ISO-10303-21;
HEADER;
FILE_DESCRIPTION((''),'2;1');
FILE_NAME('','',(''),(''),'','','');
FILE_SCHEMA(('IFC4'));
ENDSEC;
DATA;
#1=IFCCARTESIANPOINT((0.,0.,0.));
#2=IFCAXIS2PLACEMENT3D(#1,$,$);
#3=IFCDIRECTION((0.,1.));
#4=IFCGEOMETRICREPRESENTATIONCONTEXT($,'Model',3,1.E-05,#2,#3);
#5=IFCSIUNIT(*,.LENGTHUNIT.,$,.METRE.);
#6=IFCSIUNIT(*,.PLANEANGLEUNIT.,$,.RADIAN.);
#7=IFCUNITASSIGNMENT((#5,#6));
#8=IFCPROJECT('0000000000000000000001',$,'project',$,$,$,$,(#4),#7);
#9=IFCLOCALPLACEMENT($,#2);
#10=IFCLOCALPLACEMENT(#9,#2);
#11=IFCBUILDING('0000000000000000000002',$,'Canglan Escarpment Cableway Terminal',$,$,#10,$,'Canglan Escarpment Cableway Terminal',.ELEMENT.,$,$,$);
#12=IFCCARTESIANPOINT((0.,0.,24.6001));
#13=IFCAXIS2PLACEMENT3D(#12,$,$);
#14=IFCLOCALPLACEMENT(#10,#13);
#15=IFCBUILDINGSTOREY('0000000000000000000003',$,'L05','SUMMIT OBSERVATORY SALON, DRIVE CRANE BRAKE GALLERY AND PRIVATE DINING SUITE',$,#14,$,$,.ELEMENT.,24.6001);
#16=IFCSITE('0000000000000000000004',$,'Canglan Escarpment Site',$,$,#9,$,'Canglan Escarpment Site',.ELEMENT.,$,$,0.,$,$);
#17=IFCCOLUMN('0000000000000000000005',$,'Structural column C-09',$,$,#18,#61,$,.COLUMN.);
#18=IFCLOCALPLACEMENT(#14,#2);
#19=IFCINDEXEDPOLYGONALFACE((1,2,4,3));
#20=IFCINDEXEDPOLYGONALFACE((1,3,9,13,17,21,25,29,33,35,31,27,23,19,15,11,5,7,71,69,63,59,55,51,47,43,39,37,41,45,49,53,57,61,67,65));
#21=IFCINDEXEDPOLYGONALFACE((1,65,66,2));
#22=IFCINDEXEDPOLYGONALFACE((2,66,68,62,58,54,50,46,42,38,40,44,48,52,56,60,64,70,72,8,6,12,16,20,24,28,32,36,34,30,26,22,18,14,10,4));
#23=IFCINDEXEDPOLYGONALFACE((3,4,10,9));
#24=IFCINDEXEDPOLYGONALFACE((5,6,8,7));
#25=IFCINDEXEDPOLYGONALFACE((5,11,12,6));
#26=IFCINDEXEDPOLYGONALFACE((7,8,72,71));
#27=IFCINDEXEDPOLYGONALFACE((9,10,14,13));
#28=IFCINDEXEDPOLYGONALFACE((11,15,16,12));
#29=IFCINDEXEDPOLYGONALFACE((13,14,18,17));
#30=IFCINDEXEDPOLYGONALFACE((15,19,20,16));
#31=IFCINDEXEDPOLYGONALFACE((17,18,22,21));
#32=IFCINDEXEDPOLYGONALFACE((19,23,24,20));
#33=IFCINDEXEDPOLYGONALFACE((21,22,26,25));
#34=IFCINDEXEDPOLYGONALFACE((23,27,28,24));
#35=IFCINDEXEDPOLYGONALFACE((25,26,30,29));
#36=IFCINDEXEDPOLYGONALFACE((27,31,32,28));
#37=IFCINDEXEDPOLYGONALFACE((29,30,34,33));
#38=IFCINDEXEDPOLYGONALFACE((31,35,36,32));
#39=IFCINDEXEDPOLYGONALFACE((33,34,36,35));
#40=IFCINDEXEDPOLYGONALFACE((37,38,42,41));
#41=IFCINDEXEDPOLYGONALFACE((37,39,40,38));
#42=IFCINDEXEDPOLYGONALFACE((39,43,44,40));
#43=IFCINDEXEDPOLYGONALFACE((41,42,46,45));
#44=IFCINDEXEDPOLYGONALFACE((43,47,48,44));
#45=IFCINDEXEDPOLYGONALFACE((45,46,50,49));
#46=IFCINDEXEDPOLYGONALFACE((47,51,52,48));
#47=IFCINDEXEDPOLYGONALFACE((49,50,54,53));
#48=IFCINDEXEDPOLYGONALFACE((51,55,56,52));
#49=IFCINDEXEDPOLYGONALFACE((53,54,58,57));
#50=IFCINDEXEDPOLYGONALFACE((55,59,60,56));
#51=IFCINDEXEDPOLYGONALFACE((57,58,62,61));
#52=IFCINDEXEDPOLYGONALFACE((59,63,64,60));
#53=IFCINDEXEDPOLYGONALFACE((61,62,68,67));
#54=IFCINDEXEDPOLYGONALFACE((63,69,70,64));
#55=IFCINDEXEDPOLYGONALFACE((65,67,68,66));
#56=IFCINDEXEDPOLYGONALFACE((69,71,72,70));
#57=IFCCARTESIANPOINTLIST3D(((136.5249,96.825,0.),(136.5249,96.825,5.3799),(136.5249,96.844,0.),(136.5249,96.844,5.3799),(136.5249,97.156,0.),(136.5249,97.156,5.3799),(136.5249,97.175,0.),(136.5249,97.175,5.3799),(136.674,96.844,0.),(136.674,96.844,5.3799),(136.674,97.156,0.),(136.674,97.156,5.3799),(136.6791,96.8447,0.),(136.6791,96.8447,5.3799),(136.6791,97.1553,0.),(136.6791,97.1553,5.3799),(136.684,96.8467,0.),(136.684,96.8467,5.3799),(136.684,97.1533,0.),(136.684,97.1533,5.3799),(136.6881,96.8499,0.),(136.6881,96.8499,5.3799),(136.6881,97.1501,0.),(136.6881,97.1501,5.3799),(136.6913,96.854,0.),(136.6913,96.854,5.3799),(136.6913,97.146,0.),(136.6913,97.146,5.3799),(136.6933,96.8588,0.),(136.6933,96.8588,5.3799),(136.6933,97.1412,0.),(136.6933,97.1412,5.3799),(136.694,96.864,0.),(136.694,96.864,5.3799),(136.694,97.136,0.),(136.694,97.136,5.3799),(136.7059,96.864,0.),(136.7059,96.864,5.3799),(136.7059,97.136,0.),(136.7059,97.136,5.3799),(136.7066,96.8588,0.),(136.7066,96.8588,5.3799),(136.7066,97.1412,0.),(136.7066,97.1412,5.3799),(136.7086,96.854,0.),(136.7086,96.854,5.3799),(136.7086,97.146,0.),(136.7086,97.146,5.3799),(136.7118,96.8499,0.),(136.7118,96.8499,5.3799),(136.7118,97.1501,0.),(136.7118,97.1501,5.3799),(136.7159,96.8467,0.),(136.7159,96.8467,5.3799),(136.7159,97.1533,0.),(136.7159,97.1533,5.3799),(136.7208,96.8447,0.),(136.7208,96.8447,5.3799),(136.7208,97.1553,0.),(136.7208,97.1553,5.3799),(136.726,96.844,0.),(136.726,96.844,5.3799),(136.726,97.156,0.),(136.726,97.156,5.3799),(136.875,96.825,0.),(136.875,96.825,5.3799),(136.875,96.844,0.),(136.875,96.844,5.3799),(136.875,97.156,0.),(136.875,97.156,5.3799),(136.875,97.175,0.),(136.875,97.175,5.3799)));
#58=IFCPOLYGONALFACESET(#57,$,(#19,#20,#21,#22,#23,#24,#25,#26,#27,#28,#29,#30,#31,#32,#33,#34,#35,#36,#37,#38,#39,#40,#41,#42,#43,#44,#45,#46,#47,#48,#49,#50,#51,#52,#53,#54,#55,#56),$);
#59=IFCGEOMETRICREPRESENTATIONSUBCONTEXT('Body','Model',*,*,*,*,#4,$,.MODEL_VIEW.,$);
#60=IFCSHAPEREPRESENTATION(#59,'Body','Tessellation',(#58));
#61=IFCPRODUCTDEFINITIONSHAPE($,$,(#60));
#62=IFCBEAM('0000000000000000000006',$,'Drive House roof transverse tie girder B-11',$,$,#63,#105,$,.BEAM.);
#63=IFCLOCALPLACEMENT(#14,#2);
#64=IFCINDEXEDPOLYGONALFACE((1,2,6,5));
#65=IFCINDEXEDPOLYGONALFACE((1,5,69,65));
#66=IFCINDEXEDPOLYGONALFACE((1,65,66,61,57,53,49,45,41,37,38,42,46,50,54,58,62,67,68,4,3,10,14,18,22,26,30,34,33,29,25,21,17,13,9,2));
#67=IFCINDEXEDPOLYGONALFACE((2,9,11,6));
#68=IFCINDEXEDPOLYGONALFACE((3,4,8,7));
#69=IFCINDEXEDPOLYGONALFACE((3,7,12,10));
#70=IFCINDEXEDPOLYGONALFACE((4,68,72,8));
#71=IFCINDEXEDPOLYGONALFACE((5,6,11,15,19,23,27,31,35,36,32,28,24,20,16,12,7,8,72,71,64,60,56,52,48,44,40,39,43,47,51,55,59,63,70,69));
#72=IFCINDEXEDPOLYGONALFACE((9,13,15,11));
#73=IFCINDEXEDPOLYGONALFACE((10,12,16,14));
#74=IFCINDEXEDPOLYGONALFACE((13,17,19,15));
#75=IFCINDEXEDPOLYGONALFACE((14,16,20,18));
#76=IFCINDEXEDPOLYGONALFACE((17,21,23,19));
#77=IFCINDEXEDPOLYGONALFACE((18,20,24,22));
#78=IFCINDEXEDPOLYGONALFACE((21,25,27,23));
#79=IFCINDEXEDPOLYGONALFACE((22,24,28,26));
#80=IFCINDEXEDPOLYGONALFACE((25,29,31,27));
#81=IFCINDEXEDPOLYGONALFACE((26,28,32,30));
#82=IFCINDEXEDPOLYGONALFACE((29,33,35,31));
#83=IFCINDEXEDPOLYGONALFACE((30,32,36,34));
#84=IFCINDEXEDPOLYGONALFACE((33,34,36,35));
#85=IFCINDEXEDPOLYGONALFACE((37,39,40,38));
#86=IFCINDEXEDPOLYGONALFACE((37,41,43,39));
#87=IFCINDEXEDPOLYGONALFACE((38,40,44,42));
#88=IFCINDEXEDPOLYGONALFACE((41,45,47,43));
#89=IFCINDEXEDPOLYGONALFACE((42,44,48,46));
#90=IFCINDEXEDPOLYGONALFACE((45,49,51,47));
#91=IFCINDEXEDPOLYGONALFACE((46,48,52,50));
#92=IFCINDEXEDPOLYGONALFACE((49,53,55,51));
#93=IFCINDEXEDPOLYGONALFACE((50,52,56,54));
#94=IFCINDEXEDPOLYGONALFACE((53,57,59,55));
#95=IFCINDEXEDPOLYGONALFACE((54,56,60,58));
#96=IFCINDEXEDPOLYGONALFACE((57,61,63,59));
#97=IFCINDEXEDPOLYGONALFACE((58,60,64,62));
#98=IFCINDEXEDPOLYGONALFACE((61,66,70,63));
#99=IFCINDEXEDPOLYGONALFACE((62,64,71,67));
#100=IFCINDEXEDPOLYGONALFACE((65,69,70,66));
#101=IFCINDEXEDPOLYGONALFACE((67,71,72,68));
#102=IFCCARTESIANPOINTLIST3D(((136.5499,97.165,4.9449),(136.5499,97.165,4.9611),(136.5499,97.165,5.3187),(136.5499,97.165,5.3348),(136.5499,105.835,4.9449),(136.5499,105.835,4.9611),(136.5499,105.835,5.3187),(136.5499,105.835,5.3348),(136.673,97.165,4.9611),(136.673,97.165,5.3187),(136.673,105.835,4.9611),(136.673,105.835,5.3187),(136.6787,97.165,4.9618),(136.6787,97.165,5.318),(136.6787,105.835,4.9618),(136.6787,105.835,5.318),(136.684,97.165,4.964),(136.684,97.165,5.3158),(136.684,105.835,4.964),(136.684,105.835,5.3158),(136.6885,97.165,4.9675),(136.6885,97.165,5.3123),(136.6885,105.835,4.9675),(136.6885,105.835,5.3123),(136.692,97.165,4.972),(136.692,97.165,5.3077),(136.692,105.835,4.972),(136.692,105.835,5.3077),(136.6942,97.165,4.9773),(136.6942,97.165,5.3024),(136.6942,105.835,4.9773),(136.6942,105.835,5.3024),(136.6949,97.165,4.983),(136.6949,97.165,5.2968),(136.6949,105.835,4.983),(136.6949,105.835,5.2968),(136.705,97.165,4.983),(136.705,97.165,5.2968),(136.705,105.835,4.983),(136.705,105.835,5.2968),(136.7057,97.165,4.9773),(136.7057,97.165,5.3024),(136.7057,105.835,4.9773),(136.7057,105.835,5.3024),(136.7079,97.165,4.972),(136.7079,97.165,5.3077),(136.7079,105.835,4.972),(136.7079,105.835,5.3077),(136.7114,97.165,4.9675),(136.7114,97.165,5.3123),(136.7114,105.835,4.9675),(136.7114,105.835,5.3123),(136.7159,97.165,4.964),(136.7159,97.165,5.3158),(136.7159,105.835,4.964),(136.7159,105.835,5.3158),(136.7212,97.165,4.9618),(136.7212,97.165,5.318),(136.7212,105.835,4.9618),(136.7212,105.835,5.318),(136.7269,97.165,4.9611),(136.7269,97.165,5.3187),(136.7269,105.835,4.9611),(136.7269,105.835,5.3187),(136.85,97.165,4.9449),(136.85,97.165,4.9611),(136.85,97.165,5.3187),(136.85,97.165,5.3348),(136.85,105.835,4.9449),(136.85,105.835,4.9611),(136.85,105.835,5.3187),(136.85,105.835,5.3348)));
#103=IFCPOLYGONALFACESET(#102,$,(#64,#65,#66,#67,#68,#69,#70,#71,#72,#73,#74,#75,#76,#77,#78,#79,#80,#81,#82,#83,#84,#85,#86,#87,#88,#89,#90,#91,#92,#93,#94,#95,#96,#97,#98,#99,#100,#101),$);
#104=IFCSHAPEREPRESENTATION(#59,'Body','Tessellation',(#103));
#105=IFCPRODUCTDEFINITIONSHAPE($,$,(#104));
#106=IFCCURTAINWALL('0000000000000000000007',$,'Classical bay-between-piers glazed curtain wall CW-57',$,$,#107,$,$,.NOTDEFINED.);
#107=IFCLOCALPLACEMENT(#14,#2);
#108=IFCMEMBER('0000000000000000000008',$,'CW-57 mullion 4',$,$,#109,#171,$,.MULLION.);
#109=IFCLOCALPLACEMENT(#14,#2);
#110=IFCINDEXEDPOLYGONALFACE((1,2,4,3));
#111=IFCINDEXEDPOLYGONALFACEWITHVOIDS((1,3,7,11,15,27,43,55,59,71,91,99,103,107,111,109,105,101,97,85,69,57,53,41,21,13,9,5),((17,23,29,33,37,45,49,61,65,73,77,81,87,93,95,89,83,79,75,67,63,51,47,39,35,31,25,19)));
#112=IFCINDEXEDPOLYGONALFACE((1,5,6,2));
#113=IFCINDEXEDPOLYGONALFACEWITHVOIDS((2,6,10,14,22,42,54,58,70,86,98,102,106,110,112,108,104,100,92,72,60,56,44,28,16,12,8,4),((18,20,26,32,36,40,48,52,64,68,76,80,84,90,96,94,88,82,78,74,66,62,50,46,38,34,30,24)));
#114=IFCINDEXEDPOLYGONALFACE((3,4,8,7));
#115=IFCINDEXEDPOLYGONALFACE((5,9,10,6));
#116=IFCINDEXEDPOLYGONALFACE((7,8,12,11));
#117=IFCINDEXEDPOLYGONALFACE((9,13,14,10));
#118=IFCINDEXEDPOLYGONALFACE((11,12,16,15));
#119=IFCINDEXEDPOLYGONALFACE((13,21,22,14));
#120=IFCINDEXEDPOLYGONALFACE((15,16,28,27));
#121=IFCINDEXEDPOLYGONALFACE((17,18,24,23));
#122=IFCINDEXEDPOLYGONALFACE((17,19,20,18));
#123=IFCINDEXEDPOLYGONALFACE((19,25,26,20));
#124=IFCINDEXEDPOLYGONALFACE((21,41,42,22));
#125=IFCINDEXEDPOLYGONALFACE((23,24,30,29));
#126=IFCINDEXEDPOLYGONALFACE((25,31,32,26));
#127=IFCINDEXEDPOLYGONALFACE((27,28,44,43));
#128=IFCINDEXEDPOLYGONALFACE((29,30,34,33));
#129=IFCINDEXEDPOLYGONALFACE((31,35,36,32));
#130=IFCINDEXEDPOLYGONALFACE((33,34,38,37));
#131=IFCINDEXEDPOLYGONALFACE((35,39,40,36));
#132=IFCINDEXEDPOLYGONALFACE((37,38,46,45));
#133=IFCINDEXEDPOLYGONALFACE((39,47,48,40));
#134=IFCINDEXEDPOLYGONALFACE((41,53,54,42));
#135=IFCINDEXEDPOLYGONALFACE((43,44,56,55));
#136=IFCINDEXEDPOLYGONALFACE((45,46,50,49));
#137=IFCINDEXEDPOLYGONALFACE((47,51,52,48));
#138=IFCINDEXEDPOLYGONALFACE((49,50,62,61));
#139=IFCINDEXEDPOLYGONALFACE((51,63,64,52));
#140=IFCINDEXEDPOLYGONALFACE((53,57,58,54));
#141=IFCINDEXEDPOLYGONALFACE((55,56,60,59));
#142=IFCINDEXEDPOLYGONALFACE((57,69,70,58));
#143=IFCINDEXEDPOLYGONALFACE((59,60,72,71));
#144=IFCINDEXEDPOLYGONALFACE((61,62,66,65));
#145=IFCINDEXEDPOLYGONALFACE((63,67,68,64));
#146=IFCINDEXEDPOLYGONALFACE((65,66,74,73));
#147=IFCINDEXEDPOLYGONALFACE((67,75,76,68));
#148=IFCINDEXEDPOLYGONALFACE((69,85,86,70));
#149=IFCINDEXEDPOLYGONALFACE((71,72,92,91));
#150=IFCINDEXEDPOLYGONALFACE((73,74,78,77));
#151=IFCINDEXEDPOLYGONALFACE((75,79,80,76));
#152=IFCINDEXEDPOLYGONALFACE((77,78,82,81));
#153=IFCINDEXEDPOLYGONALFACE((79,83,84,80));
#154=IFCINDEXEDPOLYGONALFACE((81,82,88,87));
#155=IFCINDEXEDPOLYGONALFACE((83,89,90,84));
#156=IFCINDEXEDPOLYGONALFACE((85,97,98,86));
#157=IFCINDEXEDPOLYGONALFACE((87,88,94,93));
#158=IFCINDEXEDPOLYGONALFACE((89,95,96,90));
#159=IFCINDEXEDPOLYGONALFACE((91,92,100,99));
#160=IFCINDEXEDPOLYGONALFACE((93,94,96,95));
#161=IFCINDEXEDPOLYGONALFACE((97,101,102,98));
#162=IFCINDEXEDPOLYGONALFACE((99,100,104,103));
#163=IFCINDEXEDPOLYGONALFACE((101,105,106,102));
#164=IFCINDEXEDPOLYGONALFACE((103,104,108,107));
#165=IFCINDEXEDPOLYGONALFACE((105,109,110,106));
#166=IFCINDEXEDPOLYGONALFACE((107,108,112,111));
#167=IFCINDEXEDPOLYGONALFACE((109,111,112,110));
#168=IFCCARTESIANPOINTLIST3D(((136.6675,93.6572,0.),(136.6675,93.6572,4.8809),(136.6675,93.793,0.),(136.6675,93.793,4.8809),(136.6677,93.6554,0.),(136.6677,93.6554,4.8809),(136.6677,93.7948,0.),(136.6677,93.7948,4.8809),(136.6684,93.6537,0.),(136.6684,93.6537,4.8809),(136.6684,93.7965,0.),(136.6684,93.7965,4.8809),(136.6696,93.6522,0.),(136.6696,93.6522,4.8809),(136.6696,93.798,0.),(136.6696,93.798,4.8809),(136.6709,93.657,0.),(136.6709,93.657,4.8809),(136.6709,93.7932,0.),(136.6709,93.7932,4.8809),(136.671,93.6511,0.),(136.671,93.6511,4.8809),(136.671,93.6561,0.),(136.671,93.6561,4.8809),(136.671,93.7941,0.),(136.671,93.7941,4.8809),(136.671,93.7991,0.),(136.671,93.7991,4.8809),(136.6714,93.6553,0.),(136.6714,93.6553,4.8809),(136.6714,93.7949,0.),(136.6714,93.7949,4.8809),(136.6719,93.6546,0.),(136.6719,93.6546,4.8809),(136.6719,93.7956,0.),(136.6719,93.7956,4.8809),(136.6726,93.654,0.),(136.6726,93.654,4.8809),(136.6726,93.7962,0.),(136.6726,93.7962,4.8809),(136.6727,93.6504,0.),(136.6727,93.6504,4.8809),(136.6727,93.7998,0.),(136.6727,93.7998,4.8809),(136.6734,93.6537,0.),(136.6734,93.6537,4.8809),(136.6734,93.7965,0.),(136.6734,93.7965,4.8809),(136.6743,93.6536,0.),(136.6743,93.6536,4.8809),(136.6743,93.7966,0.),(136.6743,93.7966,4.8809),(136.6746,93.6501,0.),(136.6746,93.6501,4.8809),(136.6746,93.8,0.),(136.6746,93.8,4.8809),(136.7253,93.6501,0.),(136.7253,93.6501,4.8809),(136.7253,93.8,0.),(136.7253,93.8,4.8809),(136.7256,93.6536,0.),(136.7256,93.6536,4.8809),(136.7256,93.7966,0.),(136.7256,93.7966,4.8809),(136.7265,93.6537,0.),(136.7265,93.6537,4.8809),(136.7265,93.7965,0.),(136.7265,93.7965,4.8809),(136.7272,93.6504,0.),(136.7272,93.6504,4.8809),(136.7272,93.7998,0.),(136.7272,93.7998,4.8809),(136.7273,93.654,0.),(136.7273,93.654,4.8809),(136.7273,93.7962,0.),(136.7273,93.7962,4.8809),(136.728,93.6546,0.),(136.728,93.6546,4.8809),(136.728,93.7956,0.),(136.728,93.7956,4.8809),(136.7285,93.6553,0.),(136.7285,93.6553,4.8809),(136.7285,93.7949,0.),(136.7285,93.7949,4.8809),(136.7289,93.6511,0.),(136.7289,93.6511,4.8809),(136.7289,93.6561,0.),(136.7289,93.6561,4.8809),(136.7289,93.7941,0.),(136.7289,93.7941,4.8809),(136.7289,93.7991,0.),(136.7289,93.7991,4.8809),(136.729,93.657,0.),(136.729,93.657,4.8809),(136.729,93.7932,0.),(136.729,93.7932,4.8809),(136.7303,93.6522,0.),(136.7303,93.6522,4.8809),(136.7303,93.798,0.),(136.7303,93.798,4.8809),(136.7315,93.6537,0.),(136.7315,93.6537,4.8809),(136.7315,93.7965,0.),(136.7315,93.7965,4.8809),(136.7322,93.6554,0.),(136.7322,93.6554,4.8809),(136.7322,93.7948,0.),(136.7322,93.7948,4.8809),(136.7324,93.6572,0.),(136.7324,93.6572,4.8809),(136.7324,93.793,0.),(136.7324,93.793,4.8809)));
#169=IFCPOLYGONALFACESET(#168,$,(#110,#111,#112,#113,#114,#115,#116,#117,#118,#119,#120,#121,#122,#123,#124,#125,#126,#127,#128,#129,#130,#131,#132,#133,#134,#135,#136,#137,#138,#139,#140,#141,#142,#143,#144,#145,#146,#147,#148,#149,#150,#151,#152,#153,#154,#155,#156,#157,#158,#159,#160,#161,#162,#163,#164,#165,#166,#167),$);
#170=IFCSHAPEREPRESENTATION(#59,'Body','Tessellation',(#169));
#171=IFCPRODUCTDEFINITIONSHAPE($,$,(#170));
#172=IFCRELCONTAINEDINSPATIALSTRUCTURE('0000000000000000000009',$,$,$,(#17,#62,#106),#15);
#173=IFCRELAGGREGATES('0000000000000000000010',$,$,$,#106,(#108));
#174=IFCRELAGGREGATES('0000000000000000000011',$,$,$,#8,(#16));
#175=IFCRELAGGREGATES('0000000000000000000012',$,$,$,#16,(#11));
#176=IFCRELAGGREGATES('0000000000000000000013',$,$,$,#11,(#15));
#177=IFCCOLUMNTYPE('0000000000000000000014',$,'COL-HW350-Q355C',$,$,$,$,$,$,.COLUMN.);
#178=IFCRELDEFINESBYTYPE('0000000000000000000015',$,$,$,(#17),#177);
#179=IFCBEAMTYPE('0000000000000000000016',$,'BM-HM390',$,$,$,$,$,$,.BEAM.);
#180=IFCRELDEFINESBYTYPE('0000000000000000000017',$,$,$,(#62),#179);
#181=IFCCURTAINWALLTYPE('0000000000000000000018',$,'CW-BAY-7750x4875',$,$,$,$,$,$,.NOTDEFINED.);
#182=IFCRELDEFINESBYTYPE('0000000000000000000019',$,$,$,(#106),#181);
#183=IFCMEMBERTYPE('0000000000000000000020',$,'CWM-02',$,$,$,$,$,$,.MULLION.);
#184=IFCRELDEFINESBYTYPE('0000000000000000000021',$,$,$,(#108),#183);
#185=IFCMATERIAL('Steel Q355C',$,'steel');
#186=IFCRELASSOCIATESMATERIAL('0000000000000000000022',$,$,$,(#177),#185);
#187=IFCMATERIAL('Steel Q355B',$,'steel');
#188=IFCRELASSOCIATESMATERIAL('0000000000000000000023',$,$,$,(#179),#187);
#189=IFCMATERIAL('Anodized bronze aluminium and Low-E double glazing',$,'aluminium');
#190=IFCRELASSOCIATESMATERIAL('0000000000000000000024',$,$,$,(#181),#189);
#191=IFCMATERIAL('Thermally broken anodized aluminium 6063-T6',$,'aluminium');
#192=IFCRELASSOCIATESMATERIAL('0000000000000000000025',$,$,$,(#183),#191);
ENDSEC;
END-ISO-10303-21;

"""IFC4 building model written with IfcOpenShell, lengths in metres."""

from ifc_helpers import new_model, si_unit, direction, frame, origin, origin_2d, place, context, subcontext, project, spatial, hollow_rectangle, i_section, extrude, material, material_profile, profile_set, type_object, element, aggregate, save


model = new_model("IFC4")

# Units and contexts
model_context = context("Model", 3, precision=1e-05, world=origin(), true_north=direction((0.0, 1.0)))
body_context = subcontext(model_context, "Body", "Model", "MODEL_VIEW")
ifc_project = project(units=[si_unit("LENGTHUNIT", "METRE"), si_unit("PLANEANGLEUNIT", "RADIAN")], contexts=[model_context])

# Site, building, storey
site_placement = place(None, origin())
site = spatial("IfcSite", under=ifc_project, at=site_placement, Name="Canglan Escarpment Site", LongName="Canglan Escarpment Site", CompositionType="ELEMENT", RefElevation=0.0)
building_placement = place(site_placement, origin())
building = spatial("IfcBuilding", under=site, at=building_placement, Name="Canglan Escarpment Cableway Terminal", LongName="Canglan Escarpment Cableway Terminal", CompositionType="ELEMENT")
storey_placement = place(building_placement, frame((0.0, 0.0, 24.6001)))
storey = spatial("IfcBuildingStorey", under=building, at=storey_placement, Name="L05", Description="SUMMIT OBSERVATORY SALON, DRIVE CRANE BRAKE GALLERY AND PRIVATE DINING SUITE", CompositionType="ELEMENT", Elevation=24.6001)

# Column
ifc_material_1 = material(Name="Steel Q355C", Category="steel")
ifc_material_profile_1 = material_profile(ifc_material_1, i_section(OverallWidth=0.3501, OverallDepth=0.3501, WebThickness=0.012, FlangeThickness=0.019, FilletRadius=0.02, at=origin_2d()), Name="HW 350x350x12x19")
ifc_profile_set_1 = profile_set([ifc_material_profile_1], Name="Steel Q355C")
column_type = type_object("IfcColumnType", Name="COL-HW350-Q355C", PredefinedType="COLUMN", material=ifc_profile_set_1)
column_placement = place(storey_placement, frame((136.7, 97.0, 0.0), z_axis=(0.0, 0.0, 1.0), x_axis=(1.0, 0.0, 0.0)))
element("IfcColumn", 1, at=column_placement, inside=storey, type_object=column_type, Name="Structural column C-09", PredefinedType="COLUMN", context=body_context, shape_type="SweptSolid", body=[
    extrude(i_section(OverallWidth=0.3501, OverallDepth=0.3501, WebThickness=0.012, FlangeThickness=0.019, FilletRadius=0.02, at=origin_2d()), origin(), (0.0, 0.0, 1.0), 5.3799),
])

# Beam
ifc_material_2 = material(Name="Steel Q355B", Category="steel")
ifc_material_profile_2 = material_profile(ifc_material_2, i_section(OverallWidth=0.3, OverallDepth=0.3899, WebThickness=0.01, FlangeThickness=0.0161, FilletRadius=0.022, at=origin_2d()), Name="HM 390x300x10x16")
ifc_profile_set_2 = profile_set([ifc_material_profile_2], Name="Steel Q355B")
beam_type = type_object("IfcBeamType", Name="BM-HM390", PredefinedType="BEAM", material=ifc_profile_set_2)
beam_placement = place(storey_placement, frame((136.7, 97.165, 5.1399), z_axis=(0.0, 1.0, 0.0), x_axis=(-1.0, 0.0, 0.0)))
element("IfcBeam", 2, at=beam_placement, inside=storey, type_object=beam_type, Name="Drive House roof transverse tie girder B-11", PredefinedType="BEAM", context=body_context, shape_type="SweptSolid", body=[
    extrude(i_section(OverallWidth=0.3, OverallDepth=0.3899, WebThickness=0.01, FlangeThickness=0.0161, FilletRadius=0.022, at=origin_2d()), origin(), (0.0, 0.0, 1.0), 8.6699),
])

# Curtain wall, member
ifc_material_3 = material(Name="Anodized bronze aluminium and Low-E double glazing", Category="aluminium")
curtain_wall_type = type_object("IfcCurtainWallType", Name="CW-BAY-7750x4875", PredefinedType="NOTDEFINED", material=ifc_material_3)
curtain_wall_placement = place(storey_placement, origin())
curtain_wall = element("IfcCurtainWall", 3, at=curtain_wall_placement, inside=storey, type_object=curtain_wall_type, Name="Classical bay-between-piers glazed curtain wall CW-57", PredefinedType="NOTDEFINED")
ifc_material_4 = material(Name="Thermally broken anodized aluminium 6063-T6", Category="aluminium")
ifc_material_profile_3 = material_profile(ifc_material_4, hollow_rectangle(XDim=0.0649, YDim=0.1499, WallThickness=0.0034, InnerFilletRadius=0.0034, OuterFilletRadius=0.0071, at=origin_2d()), Name="ALU-MULL 65x150x3.5")
ifc_profile_set_3 = profile_set([ifc_material_profile_3], Name="Thermally broken anodized aluminium 6063-T6")
member_type_1 = type_object("IfcMemberType", Name="CWM-02", PredefinedType="MULLION", material=ifc_profile_set_3)
member_1_placement = place(storey_placement, frame((136.7, 93.7251, 0.0), z_axis=(0.0, 0.0, 1.0), x_axis=(-1.0, 0.0, 0.0)))
member_1 = element("IfcMember", 4, at=member_1_placement, type_object=member_type_1, Name="CW-57 mullion 4", PredefinedType="MULLION", context=body_context, shape_type="SweptSolid", body=[
    extrude(hollow_rectangle(XDim=0.0649, YDim=0.1499, WallThickness=0.0034, InnerFilletRadius=0.0034, OuterFilletRadius=0.0071, at=origin_2d()), origin(), (0.0, 0.0, 1.0), 4.8809),
])
aggregate(curtain_wall, [member_1])

save(model, "model.ifc")
